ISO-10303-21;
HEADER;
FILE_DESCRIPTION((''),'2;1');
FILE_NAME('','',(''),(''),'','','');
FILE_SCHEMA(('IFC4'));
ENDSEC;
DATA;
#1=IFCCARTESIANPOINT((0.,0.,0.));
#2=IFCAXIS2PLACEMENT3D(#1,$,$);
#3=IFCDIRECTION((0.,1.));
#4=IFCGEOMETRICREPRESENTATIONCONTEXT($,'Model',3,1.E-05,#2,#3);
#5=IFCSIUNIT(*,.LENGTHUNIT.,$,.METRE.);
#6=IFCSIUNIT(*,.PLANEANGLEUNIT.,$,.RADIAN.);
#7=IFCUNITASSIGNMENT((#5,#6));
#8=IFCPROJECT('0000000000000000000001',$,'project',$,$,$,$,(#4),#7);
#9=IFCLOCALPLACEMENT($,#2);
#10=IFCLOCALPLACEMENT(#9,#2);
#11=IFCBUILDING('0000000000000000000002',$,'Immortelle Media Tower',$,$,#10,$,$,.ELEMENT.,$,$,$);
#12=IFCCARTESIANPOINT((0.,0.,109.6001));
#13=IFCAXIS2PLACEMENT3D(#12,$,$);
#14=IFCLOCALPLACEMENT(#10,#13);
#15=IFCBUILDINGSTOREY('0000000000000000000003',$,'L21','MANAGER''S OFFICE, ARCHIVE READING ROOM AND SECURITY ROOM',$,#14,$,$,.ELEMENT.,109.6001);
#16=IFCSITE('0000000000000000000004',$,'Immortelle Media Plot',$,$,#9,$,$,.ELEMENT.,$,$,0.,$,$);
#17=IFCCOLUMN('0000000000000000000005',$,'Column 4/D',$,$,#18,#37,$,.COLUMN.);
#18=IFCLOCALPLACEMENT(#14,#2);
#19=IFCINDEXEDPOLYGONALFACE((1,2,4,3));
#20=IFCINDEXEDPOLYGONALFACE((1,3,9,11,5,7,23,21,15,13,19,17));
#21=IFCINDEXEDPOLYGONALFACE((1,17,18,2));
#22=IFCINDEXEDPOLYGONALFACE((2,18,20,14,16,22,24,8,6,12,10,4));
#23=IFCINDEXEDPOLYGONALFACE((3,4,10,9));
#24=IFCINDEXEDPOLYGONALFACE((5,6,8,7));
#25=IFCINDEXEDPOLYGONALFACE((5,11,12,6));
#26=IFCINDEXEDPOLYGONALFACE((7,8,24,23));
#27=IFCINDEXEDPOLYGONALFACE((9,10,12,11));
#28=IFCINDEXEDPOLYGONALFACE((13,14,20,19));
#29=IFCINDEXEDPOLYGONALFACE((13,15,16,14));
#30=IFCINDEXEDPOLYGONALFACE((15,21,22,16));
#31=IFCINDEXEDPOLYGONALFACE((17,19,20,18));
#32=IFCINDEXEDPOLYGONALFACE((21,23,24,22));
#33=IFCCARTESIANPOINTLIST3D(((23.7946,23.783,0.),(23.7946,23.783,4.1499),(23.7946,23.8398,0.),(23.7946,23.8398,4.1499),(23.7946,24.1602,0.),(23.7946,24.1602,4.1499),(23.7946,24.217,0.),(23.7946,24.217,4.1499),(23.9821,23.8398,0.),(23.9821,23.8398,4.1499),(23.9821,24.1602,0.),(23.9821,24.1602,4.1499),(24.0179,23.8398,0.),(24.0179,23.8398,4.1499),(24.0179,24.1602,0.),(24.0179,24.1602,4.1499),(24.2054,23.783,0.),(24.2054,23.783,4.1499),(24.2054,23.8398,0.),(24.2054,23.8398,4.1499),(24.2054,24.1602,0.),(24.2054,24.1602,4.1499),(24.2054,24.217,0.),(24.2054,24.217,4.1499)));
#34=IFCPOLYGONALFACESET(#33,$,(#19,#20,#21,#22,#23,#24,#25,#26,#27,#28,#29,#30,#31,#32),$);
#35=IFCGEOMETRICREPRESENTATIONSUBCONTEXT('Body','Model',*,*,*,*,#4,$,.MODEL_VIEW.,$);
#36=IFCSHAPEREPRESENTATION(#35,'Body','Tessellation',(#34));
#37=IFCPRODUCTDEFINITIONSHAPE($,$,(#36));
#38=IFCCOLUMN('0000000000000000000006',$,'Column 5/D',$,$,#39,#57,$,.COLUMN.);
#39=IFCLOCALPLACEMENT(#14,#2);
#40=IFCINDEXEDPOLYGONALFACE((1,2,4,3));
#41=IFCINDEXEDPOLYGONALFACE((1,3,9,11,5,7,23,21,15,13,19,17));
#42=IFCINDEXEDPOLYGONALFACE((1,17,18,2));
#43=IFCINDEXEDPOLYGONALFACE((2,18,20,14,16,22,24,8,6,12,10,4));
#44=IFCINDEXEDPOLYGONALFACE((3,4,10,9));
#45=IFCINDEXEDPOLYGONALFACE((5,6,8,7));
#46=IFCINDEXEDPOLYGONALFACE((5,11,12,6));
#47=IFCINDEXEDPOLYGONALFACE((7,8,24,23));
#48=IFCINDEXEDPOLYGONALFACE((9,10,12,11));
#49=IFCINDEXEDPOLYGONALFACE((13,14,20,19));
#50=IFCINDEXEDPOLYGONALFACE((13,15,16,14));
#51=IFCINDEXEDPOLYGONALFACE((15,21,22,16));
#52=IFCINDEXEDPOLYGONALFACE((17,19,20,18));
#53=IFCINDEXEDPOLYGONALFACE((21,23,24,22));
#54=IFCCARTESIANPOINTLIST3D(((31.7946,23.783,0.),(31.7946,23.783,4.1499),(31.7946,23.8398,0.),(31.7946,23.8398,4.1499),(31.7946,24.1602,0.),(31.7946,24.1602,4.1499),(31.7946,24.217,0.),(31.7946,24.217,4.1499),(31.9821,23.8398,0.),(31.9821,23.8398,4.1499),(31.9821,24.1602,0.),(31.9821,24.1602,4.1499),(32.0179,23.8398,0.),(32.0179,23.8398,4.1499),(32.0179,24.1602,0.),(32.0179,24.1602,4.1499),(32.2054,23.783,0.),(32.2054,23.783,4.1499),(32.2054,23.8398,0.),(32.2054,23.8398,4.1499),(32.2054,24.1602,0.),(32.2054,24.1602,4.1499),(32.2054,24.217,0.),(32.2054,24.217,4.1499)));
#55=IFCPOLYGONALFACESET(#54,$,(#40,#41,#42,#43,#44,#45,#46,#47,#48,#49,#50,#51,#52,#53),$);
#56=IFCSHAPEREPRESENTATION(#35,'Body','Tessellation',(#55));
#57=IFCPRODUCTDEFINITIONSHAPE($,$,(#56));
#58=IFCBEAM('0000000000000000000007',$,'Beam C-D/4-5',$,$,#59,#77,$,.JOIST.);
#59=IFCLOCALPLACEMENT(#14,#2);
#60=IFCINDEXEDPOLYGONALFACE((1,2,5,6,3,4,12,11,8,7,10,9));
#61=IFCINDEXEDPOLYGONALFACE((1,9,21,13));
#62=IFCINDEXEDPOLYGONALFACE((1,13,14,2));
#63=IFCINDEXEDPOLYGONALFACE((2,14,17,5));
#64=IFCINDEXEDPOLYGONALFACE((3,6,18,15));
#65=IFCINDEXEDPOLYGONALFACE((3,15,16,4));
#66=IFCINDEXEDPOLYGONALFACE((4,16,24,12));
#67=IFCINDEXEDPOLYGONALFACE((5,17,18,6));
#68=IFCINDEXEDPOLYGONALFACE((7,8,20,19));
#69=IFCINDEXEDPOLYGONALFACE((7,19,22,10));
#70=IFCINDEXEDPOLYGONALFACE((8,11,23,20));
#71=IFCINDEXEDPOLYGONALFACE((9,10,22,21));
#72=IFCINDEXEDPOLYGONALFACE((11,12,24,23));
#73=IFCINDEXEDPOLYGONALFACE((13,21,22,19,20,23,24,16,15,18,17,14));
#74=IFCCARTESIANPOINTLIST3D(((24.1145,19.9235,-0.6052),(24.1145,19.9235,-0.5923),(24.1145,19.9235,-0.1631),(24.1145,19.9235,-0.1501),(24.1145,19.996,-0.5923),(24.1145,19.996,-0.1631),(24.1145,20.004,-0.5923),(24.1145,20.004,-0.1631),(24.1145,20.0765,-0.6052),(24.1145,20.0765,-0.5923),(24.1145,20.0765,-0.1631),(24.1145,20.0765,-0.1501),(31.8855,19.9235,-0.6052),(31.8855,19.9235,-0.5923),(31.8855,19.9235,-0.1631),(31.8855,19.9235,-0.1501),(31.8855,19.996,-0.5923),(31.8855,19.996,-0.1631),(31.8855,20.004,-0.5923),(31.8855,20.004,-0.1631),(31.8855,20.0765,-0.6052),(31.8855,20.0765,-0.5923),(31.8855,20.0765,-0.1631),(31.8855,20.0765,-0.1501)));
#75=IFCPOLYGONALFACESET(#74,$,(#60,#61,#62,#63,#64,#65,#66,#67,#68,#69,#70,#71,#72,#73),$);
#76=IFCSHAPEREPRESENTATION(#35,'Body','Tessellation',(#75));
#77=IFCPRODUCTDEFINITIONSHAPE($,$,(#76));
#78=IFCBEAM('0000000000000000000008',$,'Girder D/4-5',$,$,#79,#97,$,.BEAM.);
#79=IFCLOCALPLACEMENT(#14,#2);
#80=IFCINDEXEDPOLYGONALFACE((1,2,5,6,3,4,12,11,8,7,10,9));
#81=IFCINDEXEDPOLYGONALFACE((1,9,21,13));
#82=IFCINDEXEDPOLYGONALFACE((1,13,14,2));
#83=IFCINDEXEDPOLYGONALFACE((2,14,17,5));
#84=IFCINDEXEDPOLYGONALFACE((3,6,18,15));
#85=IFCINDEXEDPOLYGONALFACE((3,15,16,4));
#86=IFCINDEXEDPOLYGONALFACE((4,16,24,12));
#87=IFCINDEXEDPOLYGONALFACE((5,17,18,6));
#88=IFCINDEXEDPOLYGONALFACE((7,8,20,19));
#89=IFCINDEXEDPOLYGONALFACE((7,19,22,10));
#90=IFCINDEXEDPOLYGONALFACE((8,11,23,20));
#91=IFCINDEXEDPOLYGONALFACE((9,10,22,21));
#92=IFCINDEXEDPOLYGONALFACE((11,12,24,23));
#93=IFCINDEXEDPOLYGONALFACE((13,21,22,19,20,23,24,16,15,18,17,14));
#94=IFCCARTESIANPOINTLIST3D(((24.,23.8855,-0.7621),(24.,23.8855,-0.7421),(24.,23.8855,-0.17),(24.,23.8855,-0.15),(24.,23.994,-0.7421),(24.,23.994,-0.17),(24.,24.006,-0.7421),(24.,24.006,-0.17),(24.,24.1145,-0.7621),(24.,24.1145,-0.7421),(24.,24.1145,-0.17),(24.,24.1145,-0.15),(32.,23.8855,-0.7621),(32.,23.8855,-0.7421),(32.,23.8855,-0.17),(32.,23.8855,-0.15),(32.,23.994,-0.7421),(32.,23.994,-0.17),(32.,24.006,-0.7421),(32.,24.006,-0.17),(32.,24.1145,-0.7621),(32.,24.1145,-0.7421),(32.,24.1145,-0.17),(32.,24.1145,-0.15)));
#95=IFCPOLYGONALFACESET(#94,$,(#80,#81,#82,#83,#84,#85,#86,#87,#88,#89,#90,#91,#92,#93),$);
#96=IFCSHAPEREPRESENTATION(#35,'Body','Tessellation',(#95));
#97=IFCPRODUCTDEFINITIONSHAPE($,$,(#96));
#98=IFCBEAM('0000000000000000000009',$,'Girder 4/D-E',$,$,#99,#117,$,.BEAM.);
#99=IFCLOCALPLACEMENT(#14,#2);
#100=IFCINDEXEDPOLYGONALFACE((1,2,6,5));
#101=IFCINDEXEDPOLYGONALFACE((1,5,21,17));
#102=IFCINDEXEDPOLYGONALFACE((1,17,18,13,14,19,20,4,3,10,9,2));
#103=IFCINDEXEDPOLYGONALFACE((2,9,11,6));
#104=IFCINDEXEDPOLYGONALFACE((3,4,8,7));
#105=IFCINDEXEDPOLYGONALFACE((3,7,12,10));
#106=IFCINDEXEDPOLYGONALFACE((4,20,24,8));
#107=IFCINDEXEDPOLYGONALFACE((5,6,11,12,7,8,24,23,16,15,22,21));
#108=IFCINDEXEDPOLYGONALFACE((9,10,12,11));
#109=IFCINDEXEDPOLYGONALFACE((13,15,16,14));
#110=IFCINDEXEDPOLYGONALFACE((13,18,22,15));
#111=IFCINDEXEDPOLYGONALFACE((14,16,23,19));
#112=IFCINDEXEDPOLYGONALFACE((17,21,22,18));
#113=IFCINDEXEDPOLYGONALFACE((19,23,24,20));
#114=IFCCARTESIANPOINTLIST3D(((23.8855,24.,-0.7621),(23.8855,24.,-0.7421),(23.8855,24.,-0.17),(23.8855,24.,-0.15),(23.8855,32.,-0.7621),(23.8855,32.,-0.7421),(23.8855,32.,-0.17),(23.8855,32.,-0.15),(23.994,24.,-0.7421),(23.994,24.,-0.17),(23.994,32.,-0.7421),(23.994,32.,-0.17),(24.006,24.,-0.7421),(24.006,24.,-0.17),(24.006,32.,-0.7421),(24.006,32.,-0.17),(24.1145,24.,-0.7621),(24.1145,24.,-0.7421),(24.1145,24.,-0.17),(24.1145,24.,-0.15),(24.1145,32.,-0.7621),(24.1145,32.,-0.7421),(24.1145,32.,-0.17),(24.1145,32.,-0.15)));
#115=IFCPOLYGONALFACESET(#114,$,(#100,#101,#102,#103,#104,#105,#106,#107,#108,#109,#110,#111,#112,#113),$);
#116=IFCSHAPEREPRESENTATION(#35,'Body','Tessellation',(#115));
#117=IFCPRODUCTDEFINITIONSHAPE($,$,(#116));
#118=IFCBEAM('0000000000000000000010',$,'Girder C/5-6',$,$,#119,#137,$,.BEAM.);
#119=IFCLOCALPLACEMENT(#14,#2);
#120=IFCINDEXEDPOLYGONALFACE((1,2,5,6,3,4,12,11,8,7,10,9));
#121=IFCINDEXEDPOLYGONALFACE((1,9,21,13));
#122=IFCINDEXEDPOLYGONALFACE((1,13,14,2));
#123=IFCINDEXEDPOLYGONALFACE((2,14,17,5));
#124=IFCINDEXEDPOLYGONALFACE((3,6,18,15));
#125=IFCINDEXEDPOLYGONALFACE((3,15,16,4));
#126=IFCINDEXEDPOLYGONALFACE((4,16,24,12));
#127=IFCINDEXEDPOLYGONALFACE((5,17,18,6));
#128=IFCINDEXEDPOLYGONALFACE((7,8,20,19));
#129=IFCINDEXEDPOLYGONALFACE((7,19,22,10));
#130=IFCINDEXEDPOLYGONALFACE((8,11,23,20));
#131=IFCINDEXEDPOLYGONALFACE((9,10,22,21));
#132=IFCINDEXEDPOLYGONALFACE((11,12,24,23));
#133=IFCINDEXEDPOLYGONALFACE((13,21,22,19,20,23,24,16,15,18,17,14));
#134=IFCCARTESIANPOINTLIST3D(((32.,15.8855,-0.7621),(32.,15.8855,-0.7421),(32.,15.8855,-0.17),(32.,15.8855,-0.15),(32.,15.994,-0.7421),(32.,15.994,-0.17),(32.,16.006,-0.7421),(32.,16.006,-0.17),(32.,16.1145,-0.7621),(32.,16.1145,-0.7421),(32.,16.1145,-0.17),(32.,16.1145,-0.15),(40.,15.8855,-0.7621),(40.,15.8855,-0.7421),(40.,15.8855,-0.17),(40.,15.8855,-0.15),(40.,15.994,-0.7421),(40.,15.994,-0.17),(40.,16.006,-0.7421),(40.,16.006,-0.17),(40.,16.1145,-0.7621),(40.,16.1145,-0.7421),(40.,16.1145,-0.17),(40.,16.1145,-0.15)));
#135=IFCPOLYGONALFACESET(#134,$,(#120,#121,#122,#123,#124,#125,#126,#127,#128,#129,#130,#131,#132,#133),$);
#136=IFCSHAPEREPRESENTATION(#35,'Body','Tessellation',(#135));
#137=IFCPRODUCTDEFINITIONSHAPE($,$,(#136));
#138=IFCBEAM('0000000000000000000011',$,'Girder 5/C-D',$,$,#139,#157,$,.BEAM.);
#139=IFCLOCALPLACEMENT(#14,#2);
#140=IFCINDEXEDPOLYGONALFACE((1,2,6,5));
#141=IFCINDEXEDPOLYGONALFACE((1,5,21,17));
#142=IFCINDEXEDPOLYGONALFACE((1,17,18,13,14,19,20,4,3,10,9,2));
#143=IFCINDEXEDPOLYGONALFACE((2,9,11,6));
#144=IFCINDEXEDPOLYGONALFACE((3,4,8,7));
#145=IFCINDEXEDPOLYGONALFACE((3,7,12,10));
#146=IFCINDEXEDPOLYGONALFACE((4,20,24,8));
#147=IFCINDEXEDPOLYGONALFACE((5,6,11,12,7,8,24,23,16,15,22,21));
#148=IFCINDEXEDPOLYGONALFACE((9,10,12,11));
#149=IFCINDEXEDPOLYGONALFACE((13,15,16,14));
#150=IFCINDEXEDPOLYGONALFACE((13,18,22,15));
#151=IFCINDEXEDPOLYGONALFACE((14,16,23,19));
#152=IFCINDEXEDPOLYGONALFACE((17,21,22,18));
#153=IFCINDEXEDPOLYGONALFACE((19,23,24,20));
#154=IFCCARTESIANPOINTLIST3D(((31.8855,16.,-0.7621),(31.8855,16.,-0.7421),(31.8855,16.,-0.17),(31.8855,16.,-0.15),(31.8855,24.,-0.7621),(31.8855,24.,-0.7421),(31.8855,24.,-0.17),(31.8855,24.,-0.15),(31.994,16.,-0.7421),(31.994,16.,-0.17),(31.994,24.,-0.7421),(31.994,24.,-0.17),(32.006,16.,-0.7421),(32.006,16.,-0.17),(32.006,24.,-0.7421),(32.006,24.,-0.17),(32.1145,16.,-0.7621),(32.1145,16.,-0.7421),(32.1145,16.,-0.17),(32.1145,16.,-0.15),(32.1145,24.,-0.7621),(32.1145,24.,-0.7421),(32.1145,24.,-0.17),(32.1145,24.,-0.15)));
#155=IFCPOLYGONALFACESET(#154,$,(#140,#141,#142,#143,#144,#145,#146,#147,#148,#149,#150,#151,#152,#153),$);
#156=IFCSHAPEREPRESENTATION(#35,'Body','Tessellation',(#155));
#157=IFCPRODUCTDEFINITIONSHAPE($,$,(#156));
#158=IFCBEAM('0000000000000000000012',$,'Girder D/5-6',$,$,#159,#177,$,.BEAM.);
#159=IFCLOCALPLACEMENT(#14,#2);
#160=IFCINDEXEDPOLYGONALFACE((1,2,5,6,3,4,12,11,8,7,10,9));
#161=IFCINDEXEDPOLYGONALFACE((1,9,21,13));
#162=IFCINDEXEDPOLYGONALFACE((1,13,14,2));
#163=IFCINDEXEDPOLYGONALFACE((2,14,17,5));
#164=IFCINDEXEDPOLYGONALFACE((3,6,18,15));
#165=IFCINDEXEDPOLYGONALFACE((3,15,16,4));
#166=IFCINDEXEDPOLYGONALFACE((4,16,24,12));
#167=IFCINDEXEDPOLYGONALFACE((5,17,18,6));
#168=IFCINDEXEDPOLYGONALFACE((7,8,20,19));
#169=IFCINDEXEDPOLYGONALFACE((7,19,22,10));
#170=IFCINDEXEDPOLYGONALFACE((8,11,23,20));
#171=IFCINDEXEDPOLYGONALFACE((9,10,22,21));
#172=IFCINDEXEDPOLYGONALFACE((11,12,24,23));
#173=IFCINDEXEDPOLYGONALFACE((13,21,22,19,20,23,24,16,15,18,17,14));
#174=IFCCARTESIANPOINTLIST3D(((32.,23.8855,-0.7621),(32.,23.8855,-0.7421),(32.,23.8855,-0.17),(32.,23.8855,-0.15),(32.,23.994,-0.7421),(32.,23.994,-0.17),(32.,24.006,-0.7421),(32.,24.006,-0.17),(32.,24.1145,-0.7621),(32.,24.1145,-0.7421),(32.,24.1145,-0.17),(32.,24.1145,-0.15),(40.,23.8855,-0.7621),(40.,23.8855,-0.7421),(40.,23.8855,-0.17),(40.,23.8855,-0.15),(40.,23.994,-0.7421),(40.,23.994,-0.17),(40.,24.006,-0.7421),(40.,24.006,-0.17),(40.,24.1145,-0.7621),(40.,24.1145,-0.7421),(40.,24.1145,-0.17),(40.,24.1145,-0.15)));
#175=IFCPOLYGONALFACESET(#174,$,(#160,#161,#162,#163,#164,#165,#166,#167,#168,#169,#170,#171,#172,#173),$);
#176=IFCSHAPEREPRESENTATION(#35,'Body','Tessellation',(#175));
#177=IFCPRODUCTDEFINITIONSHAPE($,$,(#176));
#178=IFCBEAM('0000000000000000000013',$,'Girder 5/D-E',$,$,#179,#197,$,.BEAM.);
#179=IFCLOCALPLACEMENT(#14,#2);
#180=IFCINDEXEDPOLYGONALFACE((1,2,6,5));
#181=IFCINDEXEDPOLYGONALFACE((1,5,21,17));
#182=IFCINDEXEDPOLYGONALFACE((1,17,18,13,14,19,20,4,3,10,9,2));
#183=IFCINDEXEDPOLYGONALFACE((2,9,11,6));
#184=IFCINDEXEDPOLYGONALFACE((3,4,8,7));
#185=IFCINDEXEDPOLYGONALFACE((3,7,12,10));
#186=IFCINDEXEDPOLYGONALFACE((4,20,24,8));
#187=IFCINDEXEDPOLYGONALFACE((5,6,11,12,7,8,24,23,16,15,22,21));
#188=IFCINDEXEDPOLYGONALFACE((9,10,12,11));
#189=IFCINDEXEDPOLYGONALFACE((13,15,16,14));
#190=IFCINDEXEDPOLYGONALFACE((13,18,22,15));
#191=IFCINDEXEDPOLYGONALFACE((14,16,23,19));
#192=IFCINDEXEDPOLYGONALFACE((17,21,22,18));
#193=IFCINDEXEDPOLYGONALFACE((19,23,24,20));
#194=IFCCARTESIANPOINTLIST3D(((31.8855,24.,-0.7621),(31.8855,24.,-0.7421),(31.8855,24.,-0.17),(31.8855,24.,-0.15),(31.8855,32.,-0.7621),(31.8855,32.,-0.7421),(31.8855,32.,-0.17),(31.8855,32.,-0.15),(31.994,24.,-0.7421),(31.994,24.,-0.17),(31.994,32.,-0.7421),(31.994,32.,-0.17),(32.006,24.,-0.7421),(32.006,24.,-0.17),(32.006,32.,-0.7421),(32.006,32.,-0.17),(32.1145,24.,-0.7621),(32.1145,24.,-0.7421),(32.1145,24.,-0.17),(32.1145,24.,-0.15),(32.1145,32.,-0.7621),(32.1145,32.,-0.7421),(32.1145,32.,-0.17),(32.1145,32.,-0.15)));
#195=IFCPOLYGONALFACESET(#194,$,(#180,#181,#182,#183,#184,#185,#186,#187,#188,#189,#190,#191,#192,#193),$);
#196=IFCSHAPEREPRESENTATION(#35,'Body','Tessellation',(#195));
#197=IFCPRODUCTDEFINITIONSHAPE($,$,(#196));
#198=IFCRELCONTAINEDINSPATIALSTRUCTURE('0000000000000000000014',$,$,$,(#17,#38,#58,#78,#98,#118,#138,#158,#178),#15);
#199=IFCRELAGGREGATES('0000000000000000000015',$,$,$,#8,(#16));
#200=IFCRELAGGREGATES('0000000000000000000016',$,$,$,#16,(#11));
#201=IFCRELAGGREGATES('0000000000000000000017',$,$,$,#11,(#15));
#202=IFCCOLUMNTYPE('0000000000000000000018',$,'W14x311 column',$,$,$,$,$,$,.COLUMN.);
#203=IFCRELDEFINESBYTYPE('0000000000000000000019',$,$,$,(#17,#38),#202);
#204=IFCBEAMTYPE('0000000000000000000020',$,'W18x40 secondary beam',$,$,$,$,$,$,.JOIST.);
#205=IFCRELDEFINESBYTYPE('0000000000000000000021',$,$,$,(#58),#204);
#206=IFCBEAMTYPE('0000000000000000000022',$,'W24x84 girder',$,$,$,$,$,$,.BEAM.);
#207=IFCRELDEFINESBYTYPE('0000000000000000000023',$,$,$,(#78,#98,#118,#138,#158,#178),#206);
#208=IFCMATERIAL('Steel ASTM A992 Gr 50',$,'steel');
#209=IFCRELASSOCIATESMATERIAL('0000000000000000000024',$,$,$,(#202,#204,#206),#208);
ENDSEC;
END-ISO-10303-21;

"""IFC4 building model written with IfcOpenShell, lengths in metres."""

from ifc_helpers import new_model, si_unit, direction, frame, origin, origin_2d, place, context, subcontext, project, spatial, i_section, extrude, material, material_profile, profile_set, type_object, element, save


model = new_model("IFC4")

# Units and contexts
model_context = context("Model", 3, precision=1e-05, world=origin(), true_north=direction((0.0, 1.0)))
body_context = subcontext(model_context, "Body", "Model", "MODEL_VIEW")
ifc_project = project(units=[si_unit("LENGTHUNIT", "METRE"), si_unit("PLANEANGLEUNIT", "RADIAN")], contexts=[model_context])

# Site, building, storey
site_placement = place(None, origin())
site = spatial("IfcSite", under=ifc_project, at=site_placement, Name="Immortelle Media Plot", CompositionType="ELEMENT", RefElevation=0.0)
building_placement = place(site_placement, origin())
building = spatial("IfcBuilding", under=site, at=building_placement, Name="Immortelle Media Tower", CompositionType="ELEMENT")
storey_placement = place(building_placement, frame((0.0, 0.0, 109.6001)))
storey = spatial("IfcBuildingStorey", under=building, at=storey_placement, Name="L21", Description="MANAGER'S OFFICE, ARCHIVE READING ROOM AND SECURITY ROOM", CompositionType="ELEMENT", Elevation=109.6001)

# Columns
ifc_material_1 = material(Name="Steel ASTM A992 Gr 50", Category="steel")
ifc_material_profile_1 = material_profile(ifc_material_1, i_section(OverallWidth=0.4109, OverallDepth=0.4341, WebThickness=0.0359, FlangeThickness=0.0569, at=origin_2d()), Name="W14x311")
ifc_profile_set_1 = profile_set([ifc_material_profile_1], Name="Steel ASTM A992 Gr 50")
column_type = type_object("IfcColumnType", Name="W14x311 column", PredefinedType="COLUMN", material=ifc_profile_set_1)
for number, where, z_axis, x_axis, name in (
    (1, (24.0, 24.0, 0.0), (0.0, 0.0, 1.0), (1.0, 0.0, 0.0), "Column 4/D"),
    (2, (32.0, 24.0, 0.0), (0.0, 0.0, 1.0), (1.0, 0.0, 0.0), "Column 5/D"),
):
    element("IfcColumn", number, at=place(storey_placement, frame(where, z_axis=z_axis, x_axis=x_axis)), inside=storey, type_object=column_type, Name=name, PredefinedType="COLUMN", context=body_context, shape_type="SweptSolid", body=[
        extrude(i_section(OverallWidth=0.4109, OverallDepth=0.4341, WebThickness=0.0359, FlangeThickness=0.0569, at=origin_2d()), origin(), (0.0, 0.0, 1.0), 4.1499),
    ])

# Beams
ifc_material_profile_2 = material_profile(ifc_material_1, i_section(OverallWidth=0.1531, OverallDepth=0.4551, WebThickness=0.0081, FlangeThickness=0.0129, at=origin_2d()), Name="W18x40")
ifc_profile_set_2 = profile_set([ifc_material_profile_2], Name="Steel ASTM A992 Gr 50")
beam_type_1 = type_object("IfcBeamType", Name="W18x40 secondary beam", PredefinedType="JOIST", material=ifc_profile_set_2)
beam_placement = place(storey_placement, frame((24.1145, 20.0, -0.3777), z_axis=(1.0, 0.0, 0.0), x_axis=(0.0, 1.0, 0.0)))
element("IfcBeam", 3, at=beam_placement, inside=storey, type_object=beam_type_1, Name="Beam C-D/4-5", PredefinedType="JOIST", context=body_context, shape_type="SweptSolid", body=[
    extrude(i_section(OverallWidth=0.1531, OverallDepth=0.4551, WebThickness=0.0081, FlangeThickness=0.0129, at=origin_2d()), origin(), (0.0, 0.0, 1.0), 7.771),
])
ifc_material_profile_3 = material_profile(ifc_material_1, i_section(OverallWidth=0.229, OverallDepth=0.6121, WebThickness=0.012, FlangeThickness=0.02, at=origin_2d()), Name="W24x84")
ifc_profile_set_3 = profile_set([ifc_material_profile_3], Name="Steel ASTM A992 Gr 50")
beam_type_2 = type_object("IfcBeamType", Name="W24x84 girder", PredefinedType="BEAM", material=ifc_profile_set_3)
for number, where, z_axis, x_axis, name in (
    (4, (24.0, 24.0, -0.4561), (1.0, 0.0, 0.0), (0.0, 1.0, 0.0), "Girder D/4-5"),
    (5, (24.0, 24.0, -0.4561), (0.0, 1.0, 0.0), (-1.0, 0.0, 0.0), "Girder 4/D-E"),
    (6, (32.0, 16.0, -0.4561), (1.0, 0.0, 0.0), (0.0, 1.0, 0.0), "Girder C/5-6"),
    (7, (32.0, 16.0, -0.4561), (0.0, 1.0, 0.0), (-1.0, 0.0, 0.0), "Girder 5/C-D"),
    (8, (32.0, 24.0, -0.4561), (1.0, 0.0, 0.0), (0.0, 1.0, 0.0), "Girder D/5-6"),
    (9, (32.0, 24.0, -0.4561), (0.0, 1.0, 0.0), (-1.0, 0.0, 0.0), "Girder 5/D-E"),
):
    element("IfcBeam", number, at=place(storey_placement, frame(where, z_axis=z_axis, x_axis=x_axis)), inside=storey, type_object=beam_type_2, Name=name, PredefinedType="BEAM", context=body_context, shape_type="SweptSolid", body=[
        extrude(i_section(OverallWidth=0.229, OverallDepth=0.6121, WebThickness=0.012, FlangeThickness=0.02, at=origin_2d()), origin(), (0.0, 0.0, 1.0), 8.0),
    ])

save(model, "model.ifc")
